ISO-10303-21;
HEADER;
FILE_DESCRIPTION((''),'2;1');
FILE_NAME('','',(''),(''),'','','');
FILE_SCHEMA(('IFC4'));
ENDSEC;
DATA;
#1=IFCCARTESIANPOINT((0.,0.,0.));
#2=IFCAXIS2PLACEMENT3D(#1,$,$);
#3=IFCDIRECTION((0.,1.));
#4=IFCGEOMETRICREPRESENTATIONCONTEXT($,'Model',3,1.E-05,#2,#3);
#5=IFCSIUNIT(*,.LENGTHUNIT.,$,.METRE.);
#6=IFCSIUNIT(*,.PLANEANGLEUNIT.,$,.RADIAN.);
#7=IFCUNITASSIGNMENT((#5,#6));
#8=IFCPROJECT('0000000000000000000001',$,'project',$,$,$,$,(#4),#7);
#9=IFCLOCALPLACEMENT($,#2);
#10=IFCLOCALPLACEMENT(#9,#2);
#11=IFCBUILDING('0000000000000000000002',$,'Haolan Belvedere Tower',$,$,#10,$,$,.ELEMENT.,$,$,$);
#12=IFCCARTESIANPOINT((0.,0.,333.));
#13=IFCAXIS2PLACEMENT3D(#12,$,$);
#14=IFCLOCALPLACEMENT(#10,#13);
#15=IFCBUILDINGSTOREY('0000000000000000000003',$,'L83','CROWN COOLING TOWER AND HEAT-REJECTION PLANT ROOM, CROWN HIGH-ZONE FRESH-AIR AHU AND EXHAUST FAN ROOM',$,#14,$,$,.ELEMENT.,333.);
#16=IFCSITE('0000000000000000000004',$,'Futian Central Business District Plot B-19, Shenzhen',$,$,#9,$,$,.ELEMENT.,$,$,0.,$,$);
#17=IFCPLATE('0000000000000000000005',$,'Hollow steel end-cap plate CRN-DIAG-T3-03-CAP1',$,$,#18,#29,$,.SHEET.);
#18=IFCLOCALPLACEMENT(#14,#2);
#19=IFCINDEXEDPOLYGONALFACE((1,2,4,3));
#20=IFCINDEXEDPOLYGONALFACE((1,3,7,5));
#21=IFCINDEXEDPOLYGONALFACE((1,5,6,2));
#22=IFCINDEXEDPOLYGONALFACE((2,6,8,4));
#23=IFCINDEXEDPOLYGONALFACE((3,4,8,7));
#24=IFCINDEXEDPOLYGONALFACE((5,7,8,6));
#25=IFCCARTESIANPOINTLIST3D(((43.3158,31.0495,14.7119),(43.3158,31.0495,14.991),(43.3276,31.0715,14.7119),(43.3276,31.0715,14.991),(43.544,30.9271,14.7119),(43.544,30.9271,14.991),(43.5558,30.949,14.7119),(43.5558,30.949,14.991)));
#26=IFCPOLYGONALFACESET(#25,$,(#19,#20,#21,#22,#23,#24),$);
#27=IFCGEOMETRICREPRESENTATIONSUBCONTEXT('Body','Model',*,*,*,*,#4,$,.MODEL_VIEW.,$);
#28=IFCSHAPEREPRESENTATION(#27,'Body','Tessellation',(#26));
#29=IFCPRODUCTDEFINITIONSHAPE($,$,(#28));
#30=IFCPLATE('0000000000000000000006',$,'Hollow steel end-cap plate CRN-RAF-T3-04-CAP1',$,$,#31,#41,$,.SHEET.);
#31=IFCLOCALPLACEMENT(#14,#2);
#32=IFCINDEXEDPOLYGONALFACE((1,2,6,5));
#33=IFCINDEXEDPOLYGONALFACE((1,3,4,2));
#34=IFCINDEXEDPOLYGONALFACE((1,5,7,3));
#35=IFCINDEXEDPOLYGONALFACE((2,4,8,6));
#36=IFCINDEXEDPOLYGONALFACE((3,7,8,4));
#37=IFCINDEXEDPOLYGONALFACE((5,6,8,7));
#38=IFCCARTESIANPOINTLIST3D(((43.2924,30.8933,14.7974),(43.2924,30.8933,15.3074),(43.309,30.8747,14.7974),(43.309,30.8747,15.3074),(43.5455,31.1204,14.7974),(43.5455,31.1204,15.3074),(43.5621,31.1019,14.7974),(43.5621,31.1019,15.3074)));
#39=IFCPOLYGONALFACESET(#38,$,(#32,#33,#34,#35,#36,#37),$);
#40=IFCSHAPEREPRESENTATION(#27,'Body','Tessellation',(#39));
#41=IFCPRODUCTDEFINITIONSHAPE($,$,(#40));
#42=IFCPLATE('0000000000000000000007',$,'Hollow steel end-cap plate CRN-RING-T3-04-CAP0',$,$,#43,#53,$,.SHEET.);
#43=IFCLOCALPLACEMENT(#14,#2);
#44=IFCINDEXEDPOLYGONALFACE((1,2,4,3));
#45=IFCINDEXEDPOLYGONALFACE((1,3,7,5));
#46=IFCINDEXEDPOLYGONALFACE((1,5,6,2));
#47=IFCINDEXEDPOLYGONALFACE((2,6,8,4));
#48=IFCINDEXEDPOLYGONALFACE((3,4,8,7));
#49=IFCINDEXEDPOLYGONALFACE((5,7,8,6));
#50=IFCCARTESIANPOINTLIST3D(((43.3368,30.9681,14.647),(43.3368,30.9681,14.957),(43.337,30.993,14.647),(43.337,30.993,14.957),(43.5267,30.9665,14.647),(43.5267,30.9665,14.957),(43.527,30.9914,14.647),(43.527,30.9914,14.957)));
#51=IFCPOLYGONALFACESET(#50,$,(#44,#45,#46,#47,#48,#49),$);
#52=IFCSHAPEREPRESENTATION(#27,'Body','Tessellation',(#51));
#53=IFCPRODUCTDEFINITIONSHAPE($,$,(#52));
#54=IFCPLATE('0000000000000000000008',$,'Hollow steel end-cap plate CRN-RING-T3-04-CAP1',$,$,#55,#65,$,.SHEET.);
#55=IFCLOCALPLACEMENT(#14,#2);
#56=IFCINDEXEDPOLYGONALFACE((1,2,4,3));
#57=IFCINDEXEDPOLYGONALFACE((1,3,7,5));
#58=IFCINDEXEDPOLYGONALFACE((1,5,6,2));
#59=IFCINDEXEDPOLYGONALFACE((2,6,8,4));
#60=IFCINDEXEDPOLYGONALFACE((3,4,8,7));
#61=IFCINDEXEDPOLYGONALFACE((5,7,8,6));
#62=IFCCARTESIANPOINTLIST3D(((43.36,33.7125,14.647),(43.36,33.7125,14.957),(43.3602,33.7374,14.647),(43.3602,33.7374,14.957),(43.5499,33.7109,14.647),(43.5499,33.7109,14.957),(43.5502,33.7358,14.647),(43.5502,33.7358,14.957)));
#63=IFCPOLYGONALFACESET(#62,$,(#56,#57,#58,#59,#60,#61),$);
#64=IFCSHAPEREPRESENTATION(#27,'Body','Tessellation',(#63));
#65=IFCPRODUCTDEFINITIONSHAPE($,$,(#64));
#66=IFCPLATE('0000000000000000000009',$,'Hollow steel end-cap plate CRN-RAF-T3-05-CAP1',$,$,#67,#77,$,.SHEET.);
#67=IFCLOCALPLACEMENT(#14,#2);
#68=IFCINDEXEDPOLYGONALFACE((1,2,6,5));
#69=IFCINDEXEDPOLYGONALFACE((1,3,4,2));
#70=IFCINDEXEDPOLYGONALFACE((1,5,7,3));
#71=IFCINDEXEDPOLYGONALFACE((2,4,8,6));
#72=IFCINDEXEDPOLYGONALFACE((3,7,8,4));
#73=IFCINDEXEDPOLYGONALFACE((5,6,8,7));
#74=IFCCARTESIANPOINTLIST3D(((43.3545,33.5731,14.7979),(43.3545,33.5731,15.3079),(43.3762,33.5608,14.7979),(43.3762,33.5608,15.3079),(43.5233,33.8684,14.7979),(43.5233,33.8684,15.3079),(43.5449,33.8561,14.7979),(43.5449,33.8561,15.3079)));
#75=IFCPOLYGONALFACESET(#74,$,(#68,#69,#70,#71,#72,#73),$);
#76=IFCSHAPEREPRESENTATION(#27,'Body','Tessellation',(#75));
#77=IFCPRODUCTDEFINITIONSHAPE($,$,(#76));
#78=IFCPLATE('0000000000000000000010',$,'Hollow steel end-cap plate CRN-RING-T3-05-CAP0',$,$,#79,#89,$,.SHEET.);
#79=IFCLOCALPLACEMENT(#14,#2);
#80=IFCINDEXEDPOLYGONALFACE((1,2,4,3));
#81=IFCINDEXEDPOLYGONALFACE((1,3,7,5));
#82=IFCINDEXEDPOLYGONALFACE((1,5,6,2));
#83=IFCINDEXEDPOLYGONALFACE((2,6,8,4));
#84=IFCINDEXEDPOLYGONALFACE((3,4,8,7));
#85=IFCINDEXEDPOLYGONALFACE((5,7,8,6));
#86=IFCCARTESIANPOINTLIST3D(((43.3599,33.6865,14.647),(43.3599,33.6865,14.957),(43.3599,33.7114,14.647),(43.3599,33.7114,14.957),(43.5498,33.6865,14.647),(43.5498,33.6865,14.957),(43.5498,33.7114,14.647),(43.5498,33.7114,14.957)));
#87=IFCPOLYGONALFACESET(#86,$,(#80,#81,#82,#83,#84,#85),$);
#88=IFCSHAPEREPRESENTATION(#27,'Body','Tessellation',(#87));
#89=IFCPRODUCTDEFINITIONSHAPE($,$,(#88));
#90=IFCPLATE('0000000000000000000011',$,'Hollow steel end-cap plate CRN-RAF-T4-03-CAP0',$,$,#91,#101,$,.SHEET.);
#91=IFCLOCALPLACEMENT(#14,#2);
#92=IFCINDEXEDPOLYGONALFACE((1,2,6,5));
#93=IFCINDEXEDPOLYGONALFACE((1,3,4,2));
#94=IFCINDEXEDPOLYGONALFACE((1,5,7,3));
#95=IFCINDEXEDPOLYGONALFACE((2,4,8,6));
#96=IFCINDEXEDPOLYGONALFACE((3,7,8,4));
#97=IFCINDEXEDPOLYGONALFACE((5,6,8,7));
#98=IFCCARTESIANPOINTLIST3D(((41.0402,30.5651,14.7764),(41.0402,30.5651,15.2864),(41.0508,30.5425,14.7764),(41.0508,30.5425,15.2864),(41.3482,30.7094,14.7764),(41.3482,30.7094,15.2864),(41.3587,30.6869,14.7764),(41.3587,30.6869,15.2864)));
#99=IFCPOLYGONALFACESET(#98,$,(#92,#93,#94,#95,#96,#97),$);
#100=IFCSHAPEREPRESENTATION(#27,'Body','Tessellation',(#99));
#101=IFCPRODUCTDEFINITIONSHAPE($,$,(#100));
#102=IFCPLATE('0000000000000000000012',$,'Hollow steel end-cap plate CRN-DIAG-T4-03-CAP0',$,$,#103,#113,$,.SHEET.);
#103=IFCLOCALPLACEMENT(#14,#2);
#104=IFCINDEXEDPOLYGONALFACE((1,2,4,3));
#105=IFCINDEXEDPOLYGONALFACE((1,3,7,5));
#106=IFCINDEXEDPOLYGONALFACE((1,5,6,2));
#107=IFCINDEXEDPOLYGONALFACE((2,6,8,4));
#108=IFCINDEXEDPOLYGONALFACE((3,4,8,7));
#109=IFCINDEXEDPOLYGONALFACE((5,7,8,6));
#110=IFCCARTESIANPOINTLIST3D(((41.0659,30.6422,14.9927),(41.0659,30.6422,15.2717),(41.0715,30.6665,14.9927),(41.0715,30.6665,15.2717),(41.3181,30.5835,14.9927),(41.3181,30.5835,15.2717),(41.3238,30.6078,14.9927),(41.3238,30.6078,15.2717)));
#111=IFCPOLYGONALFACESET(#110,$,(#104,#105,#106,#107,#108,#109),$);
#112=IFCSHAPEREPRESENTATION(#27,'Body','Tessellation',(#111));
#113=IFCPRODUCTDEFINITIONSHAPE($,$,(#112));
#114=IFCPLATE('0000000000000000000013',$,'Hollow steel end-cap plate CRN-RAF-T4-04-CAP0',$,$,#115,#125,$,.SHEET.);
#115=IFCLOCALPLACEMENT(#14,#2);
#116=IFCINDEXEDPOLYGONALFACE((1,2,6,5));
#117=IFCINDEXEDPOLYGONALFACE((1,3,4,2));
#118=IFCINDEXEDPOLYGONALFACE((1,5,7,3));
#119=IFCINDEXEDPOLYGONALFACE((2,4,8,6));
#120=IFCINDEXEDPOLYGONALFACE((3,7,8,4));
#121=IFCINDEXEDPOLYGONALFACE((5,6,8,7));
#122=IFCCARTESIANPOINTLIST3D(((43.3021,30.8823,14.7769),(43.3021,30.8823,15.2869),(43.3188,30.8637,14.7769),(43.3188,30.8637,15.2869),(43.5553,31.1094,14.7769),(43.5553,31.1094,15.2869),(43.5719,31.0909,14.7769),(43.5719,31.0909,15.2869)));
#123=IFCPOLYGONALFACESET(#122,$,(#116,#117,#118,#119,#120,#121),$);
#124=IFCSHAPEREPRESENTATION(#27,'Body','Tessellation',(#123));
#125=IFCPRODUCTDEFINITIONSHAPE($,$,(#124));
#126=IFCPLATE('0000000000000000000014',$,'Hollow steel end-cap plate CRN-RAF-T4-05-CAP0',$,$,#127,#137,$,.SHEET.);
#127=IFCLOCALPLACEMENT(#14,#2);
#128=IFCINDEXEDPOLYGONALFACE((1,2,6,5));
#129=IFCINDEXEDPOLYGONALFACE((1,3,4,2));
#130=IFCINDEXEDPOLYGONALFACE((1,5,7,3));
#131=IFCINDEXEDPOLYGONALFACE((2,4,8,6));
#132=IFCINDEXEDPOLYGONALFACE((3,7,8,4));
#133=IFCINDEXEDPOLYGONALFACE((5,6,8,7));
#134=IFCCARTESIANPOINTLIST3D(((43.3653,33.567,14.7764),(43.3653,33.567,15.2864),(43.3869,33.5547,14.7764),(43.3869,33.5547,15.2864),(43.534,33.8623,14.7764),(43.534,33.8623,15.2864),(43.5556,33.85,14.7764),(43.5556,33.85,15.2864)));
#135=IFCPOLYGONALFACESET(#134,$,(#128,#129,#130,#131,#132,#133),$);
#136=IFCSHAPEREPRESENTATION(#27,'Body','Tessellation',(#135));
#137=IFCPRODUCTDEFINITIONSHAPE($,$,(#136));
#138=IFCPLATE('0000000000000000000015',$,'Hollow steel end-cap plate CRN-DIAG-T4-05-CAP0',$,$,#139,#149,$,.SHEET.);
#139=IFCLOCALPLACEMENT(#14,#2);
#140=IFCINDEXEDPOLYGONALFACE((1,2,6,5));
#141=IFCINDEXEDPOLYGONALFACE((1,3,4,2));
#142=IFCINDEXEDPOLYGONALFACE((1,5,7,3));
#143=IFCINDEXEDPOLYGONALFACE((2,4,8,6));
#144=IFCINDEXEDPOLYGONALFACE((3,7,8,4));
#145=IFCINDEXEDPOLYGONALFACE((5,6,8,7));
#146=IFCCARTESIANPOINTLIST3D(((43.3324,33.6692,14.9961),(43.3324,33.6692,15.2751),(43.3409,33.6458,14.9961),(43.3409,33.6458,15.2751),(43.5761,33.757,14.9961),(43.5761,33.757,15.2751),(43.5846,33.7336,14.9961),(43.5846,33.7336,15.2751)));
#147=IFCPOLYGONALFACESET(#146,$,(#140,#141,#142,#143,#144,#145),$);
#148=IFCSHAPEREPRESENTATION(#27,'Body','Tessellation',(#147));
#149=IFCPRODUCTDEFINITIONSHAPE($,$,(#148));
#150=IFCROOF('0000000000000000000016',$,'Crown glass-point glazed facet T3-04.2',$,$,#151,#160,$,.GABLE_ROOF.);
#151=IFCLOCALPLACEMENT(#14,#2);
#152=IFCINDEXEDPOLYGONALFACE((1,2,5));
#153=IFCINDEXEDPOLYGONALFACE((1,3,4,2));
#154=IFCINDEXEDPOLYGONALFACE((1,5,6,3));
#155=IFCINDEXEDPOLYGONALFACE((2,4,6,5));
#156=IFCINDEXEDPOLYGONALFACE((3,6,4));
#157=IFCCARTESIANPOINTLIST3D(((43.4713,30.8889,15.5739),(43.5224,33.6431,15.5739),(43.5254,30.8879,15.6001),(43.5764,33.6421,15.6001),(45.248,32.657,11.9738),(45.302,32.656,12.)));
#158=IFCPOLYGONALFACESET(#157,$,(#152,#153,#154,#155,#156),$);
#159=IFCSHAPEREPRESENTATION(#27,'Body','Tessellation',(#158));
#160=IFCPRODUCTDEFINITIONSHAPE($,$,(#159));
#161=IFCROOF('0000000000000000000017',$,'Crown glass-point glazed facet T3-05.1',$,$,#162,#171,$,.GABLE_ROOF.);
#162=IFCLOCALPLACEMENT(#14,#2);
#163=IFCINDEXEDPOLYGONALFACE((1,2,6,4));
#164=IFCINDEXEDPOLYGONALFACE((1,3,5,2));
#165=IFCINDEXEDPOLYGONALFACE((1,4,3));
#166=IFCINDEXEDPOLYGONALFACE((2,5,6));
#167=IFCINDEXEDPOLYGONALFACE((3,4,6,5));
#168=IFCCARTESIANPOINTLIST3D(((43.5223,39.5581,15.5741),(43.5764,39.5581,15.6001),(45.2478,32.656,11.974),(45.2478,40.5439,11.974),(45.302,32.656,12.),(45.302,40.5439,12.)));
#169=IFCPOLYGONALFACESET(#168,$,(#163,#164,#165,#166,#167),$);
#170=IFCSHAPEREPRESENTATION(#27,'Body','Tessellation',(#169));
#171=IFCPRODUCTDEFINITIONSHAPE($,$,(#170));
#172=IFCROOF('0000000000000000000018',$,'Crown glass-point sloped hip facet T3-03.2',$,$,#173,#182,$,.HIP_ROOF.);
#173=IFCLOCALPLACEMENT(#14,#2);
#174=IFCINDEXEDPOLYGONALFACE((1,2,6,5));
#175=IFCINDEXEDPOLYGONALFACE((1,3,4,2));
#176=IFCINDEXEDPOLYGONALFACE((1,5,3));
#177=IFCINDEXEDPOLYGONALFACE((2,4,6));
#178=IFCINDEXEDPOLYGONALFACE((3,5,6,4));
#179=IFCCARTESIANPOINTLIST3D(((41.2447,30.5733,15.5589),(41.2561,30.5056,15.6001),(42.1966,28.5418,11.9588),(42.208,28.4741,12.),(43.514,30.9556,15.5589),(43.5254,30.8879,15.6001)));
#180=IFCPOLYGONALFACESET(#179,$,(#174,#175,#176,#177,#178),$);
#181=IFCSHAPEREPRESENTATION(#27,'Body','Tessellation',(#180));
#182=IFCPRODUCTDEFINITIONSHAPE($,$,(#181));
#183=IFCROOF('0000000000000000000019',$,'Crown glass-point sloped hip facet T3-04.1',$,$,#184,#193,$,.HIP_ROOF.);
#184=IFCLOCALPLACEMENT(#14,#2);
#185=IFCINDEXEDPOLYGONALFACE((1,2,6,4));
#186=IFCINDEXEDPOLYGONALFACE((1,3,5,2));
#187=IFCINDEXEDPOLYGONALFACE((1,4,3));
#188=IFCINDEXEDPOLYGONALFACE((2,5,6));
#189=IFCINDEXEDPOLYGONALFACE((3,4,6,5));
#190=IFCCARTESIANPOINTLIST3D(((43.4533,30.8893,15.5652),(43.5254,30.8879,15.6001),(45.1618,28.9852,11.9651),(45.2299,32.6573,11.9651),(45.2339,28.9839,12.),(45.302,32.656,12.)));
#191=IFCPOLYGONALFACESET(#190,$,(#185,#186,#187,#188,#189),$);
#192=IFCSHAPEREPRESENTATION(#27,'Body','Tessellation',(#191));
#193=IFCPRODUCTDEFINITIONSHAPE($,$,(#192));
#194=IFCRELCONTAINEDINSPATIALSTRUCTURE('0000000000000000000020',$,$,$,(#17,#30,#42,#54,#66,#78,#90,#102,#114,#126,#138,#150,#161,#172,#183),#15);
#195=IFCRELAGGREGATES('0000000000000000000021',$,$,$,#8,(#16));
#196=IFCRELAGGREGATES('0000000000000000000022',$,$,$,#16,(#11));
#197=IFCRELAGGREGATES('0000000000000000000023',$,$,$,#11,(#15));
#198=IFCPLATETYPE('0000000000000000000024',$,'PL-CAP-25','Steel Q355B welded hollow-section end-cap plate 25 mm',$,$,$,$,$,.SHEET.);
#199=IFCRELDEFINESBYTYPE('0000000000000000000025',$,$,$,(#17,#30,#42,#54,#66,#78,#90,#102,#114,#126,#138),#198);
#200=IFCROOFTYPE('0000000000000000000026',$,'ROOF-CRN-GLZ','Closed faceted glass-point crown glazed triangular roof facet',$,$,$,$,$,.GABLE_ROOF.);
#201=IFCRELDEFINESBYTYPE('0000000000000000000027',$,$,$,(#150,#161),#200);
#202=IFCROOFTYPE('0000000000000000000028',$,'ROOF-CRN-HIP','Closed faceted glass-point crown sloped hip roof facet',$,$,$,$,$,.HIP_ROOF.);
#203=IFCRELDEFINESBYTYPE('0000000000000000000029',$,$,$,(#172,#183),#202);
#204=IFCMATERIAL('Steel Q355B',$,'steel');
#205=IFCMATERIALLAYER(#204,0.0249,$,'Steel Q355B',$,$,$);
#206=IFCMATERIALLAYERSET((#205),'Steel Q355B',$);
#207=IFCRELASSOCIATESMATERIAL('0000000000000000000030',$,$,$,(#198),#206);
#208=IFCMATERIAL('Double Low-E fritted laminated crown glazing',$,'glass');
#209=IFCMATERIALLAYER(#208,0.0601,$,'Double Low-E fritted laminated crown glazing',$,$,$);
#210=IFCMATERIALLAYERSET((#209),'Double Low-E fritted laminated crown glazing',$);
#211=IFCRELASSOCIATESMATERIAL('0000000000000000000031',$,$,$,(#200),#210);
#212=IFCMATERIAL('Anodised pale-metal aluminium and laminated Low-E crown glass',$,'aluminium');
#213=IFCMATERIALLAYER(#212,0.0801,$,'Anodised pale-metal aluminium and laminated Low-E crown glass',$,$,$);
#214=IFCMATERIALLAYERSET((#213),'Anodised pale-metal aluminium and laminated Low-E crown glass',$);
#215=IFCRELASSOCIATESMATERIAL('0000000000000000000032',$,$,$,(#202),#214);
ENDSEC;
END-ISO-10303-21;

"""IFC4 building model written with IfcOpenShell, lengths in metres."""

from ifc_helpers import new_model, si_unit, direction, frame, origin, origin_2d, place, context, subcontext, project, spatial, polyline, rectangle, outline, extrude, material, layer, layer_set, type_object, element, save


model = new_model("IFC4")

# Units and contexts
model_context = context("Model", 3, precision=1e-05, world=origin(), true_north=direction((0.0, 1.0)))
body_context = subcontext(model_context, "Body", "Model", "MODEL_VIEW")
ifc_project = project(units=[si_unit("LENGTHUNIT", "METRE"), si_unit("PLANEANGLEUNIT", "RADIAN")], contexts=[model_context])

# Site, building, storey
site_placement = place(None, origin())
site = spatial("IfcSite", under=ifc_project, at=site_placement, Name="Futian Central Business District Plot B-19, Shenzhen", CompositionType="ELEMENT", RefElevation=0.0)
building_placement = place(site_placement, origin())
building = spatial("IfcBuilding", under=site, at=building_placement, Name="Haolan Belvedere Tower", CompositionType="ELEMENT")
storey_placement = place(building_placement, frame((0.0, 0.0, 333.0)))
storey = spatial("IfcBuildingStorey", under=building, at=storey_placement, Name="L83", Description="CROWN COOLING TOWER AND HEAT-REJECTION PLANT ROOM, CROWN HIGH-ZONE FRESH-AIR AHU AND EXHAUST FAN ROOM", CompositionType="ELEMENT", Elevation=333.0)

# Shared definitions
ifc_material_1 = material(Name="Steel Q355B", Category="steel")

# Plates
ifc_layer_1 = layer(ifc_material_1, 0.0249, Name="Steel Q355B")
ifc_layer_set_1 = layer_set([ifc_layer_1], Name="Steel Q355B")
plate_type = type_object("IfcPlateType", Name="PL-CAP-25", Description="Steel Q355B welded hollow-section end-cap plate 25 mm", PredefinedType="SHEET", material=ifc_layer_set_1)
plate_1_placement = place(storey_placement, frame((43.4358, 30.9993, 14.7119), z_axis=(0.0, 0.0, 1.0), x_axis=(-0.88113, 0.472874, 0.0)))
element("IfcPlate", 1, at=plate_1_placement, inside=storey, type_object=plate_type, Name="Hollow steel end-cap plate CRN-DIAG-T3-03-CAP1", PredefinedType="SHEET", context=body_context, shape_type="SweptSolid", body=[
    extrude(rectangle(XDim=0.259, YDim=0.0249, at=origin_2d()), origin(), (0.0, 0.0, 1.0), 0.2791),
])
plate_2_placement = place(storey_placement, frame((43.4272, 30.9976, 14.7974), z_axis=(0.0, 0.0, 1.0), x_axis=(-0.744288, -0.667859, 0.0)))
element("IfcPlate", 2, at=plate_2_placement, inside=storey, type_object=plate_type, Name="Hollow steel end-cap plate CRN-RAF-T3-04-CAP1", PredefinedType="SHEET", context=body_context, shape_type="SweptSolid", body=[
    extrude(rectangle(XDim=0.3401, YDim=0.0249, at=origin_2d()), origin(), (0.0, 0.0, 1.0), 0.51),
])
for number, where, z_axis, x_axis, name in (
    (3, (43.4319, 30.9797, 14.647), (0.0, 0.0, 1.0), (0.999965, -0.008412, 0.0), "Hollow steel end-cap plate CRN-RING-T3-04-CAP0"),
    (4, (43.4551, 33.7241, 14.647), (0.0, 0.0, 1.0), (-0.999965, 0.008412, 0.0), "Hollow steel end-cap plate CRN-RING-T3-04-CAP1"),
):
    element("IfcPlate", number, at=place(storey_placement, frame(where, z_axis=z_axis, x_axis=x_axis)), inside=storey, type_object=plate_type, Name=name, PredefinedType="SHEET", context=body_context, shape_type="SweptSolid", body=[
        extrude(rectangle(XDim=0.1899, YDim=0.0249, at=origin_2d()), origin(), (0.0, 0.0, 1.0), 0.3101),
    ])
plate_3_placement = place(storey_placement, frame((43.4497, 33.7146, 14.7979), z_axis=(0.0, 0.0, 1.0), x_axis=(-0.496141, -0.868242, 0.0)))
element("IfcPlate", 5, at=plate_3_placement, inside=storey, type_object=plate_type, Name="Hollow steel end-cap plate CRN-RAF-T3-05-CAP1", PredefinedType="SHEET", context=body_context, shape_type="SweptSolid", body=[
    extrude(rectangle(XDim=0.3401, YDim=0.0249, at=origin_2d()), origin(), (0.0, 0.0, 1.0), 0.51),
])
plate_4_placement = place(storey_placement, frame((43.4548, 33.699, 14.647), z_axis=(0.0, 0.0, 1.0), x_axis=(1.0, 0.0, 0.0)))
element("IfcPlate", 6, at=plate_4_placement, inside=storey, type_object=plate_type, Name="Hollow steel end-cap plate CRN-RING-T3-05-CAP0", PredefinedType="SHEET", context=body_context, shape_type="SweptSolid", body=[
    extrude(rectangle(XDim=0.1899, YDim=0.0249, at=origin_2d()), origin(), (0.0, 0.0, 1.0), 0.3101),
])
plate_5_placement = place(storey_placement, frame((41.1995, 30.626, 14.7764), z_axis=(0.0, 0.0, 1.0), x_axis=(0.905502, 0.424342, 0.0)))
element("IfcPlate", 7, at=plate_5_placement, inside=storey, type_object=plate_type, Name="Hollow steel end-cap plate CRN-RAF-T4-03-CAP0", PredefinedType="SHEET", context=body_context, shape_type="SweptSolid", body=[
    extrude(rectangle(XDim=0.3401, YDim=0.0249, at=origin_2d()), origin(), (0.0, 0.0, 1.0), 0.51),
])
plate_6_placement = place(storey_placement, frame((41.1948, 30.625, 14.9927), z_axis=(0.0, 0.0, 1.0), x_axis=(0.973968, -0.226685, 0.0)))
element("IfcPlate", 8, at=plate_6_placement, inside=storey, type_object=plate_type, Name="Hollow steel end-cap plate CRN-DIAG-T4-03-CAP0", PredefinedType="SHEET", context=body_context, shape_type="SweptSolid", body=[
    extrude(rectangle(XDim=0.259, YDim=0.0249, at=origin_2d()), origin(), (0.0, 0.0, 1.0), 0.2791),
])
for number, where, z_axis, x_axis, name in (
    (9, (43.437, 30.9866, 14.7769), (0.0, 0.0, 1.0), (0.744288, 0.667859, 0.0), "Hollow steel end-cap plate CRN-RAF-T4-04-CAP0"),
    (10, (43.4604, 33.7085, 14.7764), (0.0, 0.0, 1.0), (0.496141, 0.868242, 0.0), "Hollow steel end-cap plate CRN-RAF-T4-05-CAP0"),
):
    element("IfcPlate", number, at=place(storey_placement, frame(where, z_axis=z_axis, x_axis=x_axis)), inside=storey, type_object=plate_type, Name=name, PredefinedType="SHEET", context=body_context, shape_type="SweptSolid", body=[
        extrude(rectangle(XDim=0.3401, YDim=0.0249, at=origin_2d()), origin(), (0.0, 0.0, 1.0), 0.51),
    ])
plate_7_placement = place(storey_placement, frame((43.4585, 33.7014, 14.9961), z_axis=(0.0, 0.0, 1.0), x_axis=(0.940839, 0.338853, 0.0)))
element("IfcPlate", 11, at=plate_7_placement, inside=storey, type_object=plate_type, Name="Hollow steel end-cap plate CRN-DIAG-T4-05-CAP0", PredefinedType="SHEET", context=body_context, shape_type="SweptSolid", body=[
    extrude(rectangle(XDim=0.259, YDim=0.0249, at=origin_2d()), origin(), (0.0, 0.0, 1.0), 0.2791),
])

# Roofs
ifc_material_2 = material(Name="Double Low-E fritted laminated crown glazing", Category="glass")
ifc_layer_2 = layer(ifc_material_2, 0.0601, Name="Double Low-E fritted laminated crown glazing")
ifc_layer_set_2 = layer_set([ifc_layer_2], Name="Double Low-E fritted laminated crown glazing")
roof_type_1 = type_object("IfcRoofType", Name="ROOF-CRN-GLZ", Description="Closed faceted glass-point crown glazed triangular roof facet", PredefinedType="GABLE_ROOF", material=ifc_layer_set_2)
roof_1_placement = place(storey_placement, frame((45.302, 32.656, 12.0), z_axis=(0.899851, -0.016671, 0.43588), x_axis=(-0.419619, 0.239791, 0.875454)))
element("IfcRoof", 12, at=roof_1_placement, inside=storey, type_object=roof_type_1, Name="Crown glass-point glazed facet T3-04.2", PredefinedType="GABLE_ROOF", context=body_context, shape_type="SweptSolid", body=[
    extrude(outline(polyline([(0.0, 0.0), (4.1123, 0.0), (3.4733, 2.6795), (0.0, 0.0)])), origin(), (0.0, 0.0, -1.0), 0.0601),
])
roof_2_placement = place(storey_placement, frame((45.302, 32.656, 12.0), z_axis=(0.901763, 0.0, 0.43223), x_axis=(0.0, 1.0, 0.0)))
element("IfcRoof", 13, at=roof_2_placement, inside=storey, type_object=roof_type_1, Name="Crown glass-point glazed facet T3-05.1", PredefinedType="GABLE_ROOF", context=body_context, shape_type="SweptSolid", body=[
    extrude(outline(polyline([(0.0, 0.0), (7.8879, 0.0), (6.9021, 3.9923), (0.0, 0.0)])), origin(), (0.0, 0.0, -1.0), 0.0601),
])
ifc_material_3 = material(Name="Anodised pale-metal aluminium and laminated Low-E crown glass", Category="aluminium")
ifc_layer_3 = layer(ifc_material_3, 0.0801, Name="Anodised pale-metal aluminium and laminated Low-E crown glass")
ifc_layer_set_3 = layer_set([ifc_layer_3], Name="Anodised pale-metal aluminium and laminated Low-E crown glass")
roof_type_2 = type_object("IfcRoofType", Name="ROOF-CRN-HIP", Description="Closed faceted glass-point crown sloped hip roof facet", PredefinedType="HIP_ROOF", material=ifc_layer_set_3)
roof_3_placement = place(storey_placement, frame((42.208, 28.4741, 12.0), z_axis=(0.142437, -0.845436, 0.514732), x_axis=(0.2908, 0.532828, 0.794688)))
element("IfcRoof", 14, at=roof_3_placement, inside=storey, type_object=roof_type_2, Name="Crown glass-point sloped hip facet T3-03.2", PredefinedType="HIP_ROOF", context=body_context, shape_type="SweptSolid", body=[
    extrude(outline(polyline([(0.0, 0.0), (4.5302, 0.0), (3.6666, 2.1331), (0.0, 0.0)])), origin(), (0.0, 0.0, -1.0), 0.0801),
])
roof_4_placement = place(storey_placement, frame((45.2339, 28.9839, 12.0), z_axis=(0.899854, -0.016692, 0.435871), x_axis=(0.018546, 0.999828, 0.0)))
element("IfcRoof", 15, at=roof_4_placement, inside=storey, type_object=roof_type_2, Name="Crown glass-point sloped hip facet T3-04.1", PredefinedType="HIP_ROOF", context=body_context, shape_type="SweptSolid", body=[
    extrude(outline(polyline([(0.0, 0.0), (3.6728, 0.0), (1.872, 4.0001), (0.0, 0.0)])), origin(), (0.0, 0.0, -1.0), 0.0801),
])

save(model, "model.ifc")
